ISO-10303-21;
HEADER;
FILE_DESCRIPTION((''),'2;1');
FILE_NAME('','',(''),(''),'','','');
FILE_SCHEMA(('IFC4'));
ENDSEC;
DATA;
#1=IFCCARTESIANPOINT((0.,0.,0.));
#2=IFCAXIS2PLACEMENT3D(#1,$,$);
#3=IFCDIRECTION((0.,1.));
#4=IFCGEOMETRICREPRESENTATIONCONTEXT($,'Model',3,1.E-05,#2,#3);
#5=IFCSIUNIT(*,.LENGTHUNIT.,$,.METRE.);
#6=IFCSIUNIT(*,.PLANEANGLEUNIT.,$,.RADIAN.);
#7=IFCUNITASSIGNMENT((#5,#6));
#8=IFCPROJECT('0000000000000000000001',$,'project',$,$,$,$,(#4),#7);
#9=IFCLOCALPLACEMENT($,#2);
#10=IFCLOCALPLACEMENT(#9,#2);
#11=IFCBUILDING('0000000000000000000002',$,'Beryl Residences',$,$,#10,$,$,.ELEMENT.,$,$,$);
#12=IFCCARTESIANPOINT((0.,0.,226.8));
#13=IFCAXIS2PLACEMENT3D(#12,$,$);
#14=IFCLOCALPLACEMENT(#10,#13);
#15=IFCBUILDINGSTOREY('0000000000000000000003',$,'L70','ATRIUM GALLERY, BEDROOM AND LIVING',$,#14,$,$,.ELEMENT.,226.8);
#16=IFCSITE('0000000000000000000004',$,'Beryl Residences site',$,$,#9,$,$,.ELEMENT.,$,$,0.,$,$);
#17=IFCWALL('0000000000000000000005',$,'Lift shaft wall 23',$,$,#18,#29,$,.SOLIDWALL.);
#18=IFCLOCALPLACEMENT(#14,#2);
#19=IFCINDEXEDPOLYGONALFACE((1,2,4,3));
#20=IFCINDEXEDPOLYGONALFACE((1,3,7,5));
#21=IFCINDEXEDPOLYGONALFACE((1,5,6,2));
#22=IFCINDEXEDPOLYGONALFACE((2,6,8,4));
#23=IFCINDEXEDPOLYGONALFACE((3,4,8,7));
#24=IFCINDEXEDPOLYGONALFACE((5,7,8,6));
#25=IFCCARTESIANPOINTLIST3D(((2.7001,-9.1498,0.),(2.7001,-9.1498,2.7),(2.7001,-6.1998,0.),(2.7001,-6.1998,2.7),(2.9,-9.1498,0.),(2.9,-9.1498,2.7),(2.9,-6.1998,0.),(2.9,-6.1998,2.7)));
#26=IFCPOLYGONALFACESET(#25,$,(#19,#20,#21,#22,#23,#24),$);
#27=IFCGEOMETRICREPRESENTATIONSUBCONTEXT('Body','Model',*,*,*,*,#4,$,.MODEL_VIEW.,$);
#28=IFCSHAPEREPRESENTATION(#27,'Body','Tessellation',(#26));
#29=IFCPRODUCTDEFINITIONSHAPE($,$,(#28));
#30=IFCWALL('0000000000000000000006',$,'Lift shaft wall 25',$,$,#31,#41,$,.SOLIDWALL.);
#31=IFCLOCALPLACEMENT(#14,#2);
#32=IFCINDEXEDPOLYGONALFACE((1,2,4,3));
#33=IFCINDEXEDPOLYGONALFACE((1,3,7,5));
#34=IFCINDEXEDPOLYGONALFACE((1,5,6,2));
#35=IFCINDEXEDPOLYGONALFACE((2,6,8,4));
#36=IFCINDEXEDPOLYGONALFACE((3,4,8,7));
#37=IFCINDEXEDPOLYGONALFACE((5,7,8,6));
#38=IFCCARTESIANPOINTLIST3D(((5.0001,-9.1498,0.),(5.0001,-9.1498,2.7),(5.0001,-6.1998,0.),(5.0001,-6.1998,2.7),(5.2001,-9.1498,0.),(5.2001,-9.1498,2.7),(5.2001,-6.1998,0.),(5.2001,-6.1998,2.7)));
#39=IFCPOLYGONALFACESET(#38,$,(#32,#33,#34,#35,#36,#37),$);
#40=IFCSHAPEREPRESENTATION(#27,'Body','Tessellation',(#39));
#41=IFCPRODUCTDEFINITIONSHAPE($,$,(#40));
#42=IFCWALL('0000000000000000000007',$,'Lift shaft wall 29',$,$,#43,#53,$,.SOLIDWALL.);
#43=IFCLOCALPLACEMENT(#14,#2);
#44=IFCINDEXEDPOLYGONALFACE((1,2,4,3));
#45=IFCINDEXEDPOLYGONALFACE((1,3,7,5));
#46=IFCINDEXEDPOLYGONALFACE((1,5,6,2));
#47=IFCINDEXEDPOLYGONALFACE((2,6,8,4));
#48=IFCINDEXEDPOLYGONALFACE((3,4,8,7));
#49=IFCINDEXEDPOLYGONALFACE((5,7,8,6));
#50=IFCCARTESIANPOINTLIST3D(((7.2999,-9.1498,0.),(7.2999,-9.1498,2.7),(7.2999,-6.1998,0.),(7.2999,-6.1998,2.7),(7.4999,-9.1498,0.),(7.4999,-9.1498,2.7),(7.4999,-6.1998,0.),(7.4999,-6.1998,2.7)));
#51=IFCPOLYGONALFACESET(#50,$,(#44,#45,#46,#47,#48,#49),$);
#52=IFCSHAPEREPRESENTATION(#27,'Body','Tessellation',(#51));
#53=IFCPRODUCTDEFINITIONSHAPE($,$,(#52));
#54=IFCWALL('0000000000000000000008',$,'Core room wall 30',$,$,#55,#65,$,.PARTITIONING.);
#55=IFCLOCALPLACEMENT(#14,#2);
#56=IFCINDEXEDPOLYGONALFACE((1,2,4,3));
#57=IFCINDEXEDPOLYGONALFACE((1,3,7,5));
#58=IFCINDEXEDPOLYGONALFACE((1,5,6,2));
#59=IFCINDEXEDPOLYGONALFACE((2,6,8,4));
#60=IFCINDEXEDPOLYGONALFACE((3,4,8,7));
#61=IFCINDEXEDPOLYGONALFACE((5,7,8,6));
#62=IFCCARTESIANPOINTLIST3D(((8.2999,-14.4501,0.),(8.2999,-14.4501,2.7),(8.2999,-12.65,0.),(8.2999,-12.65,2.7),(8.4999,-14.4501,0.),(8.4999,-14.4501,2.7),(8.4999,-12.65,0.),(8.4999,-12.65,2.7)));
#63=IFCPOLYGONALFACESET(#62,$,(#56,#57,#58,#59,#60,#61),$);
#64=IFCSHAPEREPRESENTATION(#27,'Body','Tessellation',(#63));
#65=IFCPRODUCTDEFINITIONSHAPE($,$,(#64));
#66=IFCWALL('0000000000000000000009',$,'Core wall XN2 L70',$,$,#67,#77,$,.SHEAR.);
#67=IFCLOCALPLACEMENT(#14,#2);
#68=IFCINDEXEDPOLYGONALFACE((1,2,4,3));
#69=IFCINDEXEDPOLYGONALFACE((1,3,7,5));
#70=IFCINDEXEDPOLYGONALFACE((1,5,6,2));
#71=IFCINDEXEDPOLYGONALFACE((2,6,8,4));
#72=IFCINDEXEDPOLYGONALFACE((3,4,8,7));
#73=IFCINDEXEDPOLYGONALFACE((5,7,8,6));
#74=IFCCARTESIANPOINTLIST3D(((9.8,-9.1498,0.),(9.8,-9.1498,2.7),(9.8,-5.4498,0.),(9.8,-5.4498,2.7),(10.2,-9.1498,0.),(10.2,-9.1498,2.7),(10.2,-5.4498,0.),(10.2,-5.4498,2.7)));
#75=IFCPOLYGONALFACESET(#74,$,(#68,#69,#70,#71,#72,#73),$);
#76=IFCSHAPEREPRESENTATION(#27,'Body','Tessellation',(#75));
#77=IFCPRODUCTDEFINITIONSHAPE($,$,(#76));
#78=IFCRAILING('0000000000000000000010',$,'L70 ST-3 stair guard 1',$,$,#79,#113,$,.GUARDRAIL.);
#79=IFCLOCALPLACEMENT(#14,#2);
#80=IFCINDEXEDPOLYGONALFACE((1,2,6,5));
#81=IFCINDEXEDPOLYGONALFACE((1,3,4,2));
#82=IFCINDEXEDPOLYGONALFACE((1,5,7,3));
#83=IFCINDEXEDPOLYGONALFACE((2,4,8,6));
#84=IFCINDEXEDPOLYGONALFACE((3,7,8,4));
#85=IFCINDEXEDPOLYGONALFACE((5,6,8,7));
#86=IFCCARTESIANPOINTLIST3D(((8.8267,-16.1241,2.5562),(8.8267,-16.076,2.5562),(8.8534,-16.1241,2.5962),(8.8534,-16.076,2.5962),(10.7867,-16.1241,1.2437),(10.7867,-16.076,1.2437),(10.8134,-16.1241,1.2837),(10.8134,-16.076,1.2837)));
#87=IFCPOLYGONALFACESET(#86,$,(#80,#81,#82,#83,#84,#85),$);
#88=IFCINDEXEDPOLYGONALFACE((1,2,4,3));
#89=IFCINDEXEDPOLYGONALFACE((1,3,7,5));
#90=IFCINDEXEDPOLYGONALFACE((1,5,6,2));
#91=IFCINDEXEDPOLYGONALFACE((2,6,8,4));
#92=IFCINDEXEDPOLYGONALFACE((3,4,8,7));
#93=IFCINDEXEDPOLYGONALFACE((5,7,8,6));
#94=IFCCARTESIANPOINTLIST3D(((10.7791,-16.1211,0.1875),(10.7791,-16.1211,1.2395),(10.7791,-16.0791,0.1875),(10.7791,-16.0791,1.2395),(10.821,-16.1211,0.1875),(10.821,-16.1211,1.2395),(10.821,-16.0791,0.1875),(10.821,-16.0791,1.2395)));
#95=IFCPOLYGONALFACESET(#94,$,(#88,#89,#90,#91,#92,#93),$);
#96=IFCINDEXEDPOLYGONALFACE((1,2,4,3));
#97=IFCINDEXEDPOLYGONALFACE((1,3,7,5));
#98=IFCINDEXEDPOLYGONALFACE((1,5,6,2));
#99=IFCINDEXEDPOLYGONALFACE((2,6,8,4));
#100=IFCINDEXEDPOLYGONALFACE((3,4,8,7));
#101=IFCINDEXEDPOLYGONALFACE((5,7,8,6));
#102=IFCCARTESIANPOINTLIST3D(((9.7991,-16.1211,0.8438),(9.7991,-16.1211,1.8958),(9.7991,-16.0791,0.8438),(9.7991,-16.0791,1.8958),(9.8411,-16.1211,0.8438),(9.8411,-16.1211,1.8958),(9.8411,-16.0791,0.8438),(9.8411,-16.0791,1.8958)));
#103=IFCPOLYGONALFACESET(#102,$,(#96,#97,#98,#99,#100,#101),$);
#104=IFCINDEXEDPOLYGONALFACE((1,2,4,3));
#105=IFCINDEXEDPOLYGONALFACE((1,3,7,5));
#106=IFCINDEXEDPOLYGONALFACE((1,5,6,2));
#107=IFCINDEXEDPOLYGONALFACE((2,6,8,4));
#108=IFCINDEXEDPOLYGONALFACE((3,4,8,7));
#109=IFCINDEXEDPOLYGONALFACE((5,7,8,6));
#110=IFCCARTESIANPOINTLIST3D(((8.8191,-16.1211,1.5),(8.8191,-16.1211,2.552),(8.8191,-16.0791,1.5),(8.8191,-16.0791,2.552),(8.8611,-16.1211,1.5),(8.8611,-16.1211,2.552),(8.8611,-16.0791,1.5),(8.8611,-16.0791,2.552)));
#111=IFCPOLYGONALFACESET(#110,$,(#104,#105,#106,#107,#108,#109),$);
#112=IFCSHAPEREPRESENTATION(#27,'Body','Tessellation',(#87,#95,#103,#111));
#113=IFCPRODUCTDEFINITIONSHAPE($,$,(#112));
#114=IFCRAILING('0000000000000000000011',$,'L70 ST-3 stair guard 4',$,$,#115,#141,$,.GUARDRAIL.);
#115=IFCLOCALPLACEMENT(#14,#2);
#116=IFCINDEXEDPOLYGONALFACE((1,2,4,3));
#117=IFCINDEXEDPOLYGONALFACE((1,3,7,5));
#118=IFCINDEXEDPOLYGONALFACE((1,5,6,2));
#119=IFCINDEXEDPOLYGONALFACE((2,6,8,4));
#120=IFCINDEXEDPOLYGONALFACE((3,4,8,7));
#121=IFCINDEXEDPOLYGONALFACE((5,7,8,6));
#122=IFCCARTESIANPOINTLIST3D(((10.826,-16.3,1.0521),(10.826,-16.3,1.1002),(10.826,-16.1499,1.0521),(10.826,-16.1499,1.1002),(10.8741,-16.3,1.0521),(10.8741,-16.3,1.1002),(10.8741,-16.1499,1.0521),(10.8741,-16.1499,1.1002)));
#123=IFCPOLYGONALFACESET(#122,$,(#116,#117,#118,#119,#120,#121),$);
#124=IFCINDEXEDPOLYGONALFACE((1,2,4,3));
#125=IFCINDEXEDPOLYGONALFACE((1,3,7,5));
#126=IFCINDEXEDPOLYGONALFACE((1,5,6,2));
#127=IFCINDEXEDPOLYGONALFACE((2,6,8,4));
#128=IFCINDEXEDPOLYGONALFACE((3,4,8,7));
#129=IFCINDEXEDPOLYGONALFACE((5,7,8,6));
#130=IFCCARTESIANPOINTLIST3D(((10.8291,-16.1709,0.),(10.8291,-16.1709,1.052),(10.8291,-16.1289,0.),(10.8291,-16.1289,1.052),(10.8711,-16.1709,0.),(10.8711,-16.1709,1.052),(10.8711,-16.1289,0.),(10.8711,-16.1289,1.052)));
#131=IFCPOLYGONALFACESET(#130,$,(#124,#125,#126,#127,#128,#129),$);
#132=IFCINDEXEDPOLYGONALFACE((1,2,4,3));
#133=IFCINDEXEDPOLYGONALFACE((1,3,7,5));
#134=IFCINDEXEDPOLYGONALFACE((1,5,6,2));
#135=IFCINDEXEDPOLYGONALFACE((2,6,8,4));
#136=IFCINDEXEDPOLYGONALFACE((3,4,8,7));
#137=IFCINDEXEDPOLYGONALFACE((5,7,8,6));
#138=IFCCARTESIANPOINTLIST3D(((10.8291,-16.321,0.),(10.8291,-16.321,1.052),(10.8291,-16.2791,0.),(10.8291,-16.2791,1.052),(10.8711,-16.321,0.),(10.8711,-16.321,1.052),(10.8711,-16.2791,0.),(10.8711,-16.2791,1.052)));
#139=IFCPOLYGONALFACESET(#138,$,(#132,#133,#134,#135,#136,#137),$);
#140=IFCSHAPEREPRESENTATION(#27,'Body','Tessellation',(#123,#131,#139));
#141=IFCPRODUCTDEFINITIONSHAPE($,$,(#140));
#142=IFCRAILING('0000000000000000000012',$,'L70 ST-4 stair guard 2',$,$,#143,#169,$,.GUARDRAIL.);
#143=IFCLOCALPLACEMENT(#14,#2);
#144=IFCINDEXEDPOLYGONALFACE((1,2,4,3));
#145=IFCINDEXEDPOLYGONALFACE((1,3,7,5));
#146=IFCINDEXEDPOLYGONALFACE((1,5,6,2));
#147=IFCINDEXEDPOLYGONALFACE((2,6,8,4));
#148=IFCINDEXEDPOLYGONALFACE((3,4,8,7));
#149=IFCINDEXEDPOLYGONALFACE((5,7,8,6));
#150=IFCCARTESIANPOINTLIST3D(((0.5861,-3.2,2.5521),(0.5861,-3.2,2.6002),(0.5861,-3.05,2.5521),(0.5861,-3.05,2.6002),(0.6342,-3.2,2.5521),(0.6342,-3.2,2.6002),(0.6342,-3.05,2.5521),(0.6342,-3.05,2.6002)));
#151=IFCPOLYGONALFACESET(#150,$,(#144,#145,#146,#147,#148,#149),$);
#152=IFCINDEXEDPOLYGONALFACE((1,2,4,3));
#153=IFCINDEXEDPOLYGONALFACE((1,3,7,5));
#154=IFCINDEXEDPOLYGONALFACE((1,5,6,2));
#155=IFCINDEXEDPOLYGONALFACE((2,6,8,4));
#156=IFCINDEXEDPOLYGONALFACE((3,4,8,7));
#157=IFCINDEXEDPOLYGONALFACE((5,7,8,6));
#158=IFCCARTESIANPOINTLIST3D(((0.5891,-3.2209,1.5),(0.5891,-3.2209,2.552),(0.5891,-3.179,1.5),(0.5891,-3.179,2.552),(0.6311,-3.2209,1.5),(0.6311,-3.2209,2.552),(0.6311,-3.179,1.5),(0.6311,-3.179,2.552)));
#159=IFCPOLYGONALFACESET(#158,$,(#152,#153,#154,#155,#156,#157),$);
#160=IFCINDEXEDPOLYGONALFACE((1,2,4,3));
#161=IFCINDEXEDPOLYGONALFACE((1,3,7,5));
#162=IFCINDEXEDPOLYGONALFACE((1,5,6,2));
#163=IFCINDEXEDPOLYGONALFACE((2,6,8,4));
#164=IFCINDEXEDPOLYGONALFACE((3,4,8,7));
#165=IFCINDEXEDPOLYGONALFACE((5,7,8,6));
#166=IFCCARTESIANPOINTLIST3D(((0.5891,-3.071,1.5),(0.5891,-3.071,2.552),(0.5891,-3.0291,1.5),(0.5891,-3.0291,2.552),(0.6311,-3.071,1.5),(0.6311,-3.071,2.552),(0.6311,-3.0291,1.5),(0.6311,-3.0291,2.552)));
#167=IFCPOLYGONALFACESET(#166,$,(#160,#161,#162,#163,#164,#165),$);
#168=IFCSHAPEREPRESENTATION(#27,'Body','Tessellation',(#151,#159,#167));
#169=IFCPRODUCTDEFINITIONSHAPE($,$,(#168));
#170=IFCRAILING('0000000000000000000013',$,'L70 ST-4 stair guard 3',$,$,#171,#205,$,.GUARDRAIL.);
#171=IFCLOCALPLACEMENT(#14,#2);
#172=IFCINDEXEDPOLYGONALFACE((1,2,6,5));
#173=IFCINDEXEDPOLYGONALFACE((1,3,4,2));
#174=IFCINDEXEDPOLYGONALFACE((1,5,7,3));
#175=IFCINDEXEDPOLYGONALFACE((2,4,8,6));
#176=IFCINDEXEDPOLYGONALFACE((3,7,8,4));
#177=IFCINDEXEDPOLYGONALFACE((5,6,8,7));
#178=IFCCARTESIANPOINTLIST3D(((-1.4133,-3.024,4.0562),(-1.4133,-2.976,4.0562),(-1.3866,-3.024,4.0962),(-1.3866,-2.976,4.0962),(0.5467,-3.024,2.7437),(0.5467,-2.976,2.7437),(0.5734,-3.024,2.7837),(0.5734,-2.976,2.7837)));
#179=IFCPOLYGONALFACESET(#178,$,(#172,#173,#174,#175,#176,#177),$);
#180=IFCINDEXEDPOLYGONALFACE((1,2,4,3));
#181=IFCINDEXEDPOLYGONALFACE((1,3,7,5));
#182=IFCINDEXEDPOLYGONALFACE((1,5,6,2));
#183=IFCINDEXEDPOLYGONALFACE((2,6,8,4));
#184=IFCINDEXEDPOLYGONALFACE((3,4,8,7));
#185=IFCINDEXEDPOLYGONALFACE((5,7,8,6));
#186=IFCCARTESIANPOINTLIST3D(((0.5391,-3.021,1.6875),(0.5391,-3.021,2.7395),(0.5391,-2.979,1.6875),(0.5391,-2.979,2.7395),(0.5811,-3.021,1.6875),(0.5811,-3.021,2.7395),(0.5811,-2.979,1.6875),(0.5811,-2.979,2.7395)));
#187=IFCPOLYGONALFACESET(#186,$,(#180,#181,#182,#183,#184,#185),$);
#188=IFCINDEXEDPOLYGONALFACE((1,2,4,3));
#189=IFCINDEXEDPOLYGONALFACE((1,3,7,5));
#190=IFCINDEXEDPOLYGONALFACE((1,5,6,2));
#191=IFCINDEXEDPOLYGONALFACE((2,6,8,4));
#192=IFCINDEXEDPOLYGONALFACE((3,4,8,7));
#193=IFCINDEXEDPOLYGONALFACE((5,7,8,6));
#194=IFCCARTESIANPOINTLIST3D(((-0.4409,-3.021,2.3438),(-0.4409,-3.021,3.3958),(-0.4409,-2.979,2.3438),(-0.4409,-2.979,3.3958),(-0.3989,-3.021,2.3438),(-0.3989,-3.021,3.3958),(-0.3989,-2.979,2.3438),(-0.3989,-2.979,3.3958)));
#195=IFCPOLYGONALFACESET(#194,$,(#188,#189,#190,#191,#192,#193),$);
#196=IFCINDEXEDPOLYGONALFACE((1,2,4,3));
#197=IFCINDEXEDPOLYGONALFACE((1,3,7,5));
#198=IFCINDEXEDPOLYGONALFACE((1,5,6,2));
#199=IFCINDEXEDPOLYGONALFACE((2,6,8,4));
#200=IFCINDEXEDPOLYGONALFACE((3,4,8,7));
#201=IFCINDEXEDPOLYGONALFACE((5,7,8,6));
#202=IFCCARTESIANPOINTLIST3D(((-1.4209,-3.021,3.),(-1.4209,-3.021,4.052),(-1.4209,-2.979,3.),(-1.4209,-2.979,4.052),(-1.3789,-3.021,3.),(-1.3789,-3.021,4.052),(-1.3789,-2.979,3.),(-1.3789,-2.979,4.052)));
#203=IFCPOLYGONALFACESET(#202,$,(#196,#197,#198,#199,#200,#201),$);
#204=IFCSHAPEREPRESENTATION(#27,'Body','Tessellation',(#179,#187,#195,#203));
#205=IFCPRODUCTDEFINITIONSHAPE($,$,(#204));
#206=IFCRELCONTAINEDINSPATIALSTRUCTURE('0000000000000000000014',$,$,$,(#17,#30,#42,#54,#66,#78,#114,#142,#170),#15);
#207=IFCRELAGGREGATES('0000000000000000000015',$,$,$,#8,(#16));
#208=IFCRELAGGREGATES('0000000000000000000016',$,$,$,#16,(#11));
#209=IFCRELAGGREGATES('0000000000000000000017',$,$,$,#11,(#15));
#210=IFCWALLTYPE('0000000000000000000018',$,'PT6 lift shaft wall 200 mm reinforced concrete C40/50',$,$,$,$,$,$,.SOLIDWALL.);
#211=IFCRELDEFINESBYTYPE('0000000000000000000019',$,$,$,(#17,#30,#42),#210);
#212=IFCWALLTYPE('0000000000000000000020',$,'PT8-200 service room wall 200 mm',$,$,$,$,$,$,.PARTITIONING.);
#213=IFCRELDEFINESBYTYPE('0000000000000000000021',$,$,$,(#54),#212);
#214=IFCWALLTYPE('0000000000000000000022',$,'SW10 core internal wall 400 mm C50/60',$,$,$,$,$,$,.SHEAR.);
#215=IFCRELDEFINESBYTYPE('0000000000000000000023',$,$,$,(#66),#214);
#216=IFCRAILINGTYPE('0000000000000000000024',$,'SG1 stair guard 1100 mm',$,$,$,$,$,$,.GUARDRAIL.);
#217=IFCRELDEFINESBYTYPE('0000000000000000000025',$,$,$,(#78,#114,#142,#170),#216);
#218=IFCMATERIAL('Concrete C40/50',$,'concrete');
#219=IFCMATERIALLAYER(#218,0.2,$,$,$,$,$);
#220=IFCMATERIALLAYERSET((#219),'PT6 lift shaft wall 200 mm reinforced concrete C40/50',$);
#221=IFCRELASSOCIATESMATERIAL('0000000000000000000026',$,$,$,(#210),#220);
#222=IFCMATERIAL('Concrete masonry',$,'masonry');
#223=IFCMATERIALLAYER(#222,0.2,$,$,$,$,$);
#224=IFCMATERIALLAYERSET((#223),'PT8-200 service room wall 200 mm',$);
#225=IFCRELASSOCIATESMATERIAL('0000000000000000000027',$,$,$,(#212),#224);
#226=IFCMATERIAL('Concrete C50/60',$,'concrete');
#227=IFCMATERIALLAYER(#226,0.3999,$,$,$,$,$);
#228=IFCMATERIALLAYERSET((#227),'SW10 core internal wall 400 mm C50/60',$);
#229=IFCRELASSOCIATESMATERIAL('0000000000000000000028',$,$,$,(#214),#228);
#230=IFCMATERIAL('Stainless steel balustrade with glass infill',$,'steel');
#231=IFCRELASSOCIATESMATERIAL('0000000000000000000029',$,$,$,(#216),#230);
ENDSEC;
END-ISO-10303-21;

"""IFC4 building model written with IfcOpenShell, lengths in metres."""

from ifc_helpers import new_model, si_unit, direction, frame, frame_2d, origin, origin_2d, place, context, subcontext, project, spatial, rectangle, extrude, material, layer, layer_set, type_object, element, save


model = new_model("IFC4")

# Units and contexts
model_context = context("Model", 3, precision=1e-05, world=origin(), true_north=direction((0.0, 1.0)))
body_context = subcontext(model_context, "Body", "Model", "MODEL_VIEW")
ifc_project = project(units=[si_unit("LENGTHUNIT", "METRE"), si_unit("PLANEANGLEUNIT", "RADIAN")], contexts=[model_context])

# Site, building, storey
site_placement = place(None, origin())
site = spatial("IfcSite", under=ifc_project, at=site_placement, Name="Beryl Residences site", CompositionType="ELEMENT", RefElevation=0.0)
building_placement = place(site_placement, origin())
building = spatial("IfcBuilding", under=site, at=building_placement, Name="Beryl Residences", CompositionType="ELEMENT")
storey_placement = place(building_placement, frame((0.0, 0.0, 226.8)))
storey = spatial("IfcBuildingStorey", under=building, at=storey_placement, Name="L70", Description="ATRIUM GALLERY, BEDROOM AND LIVING", CompositionType="ELEMENT", Elevation=226.8)

# Walls
ifc_material_1 = material(Name="Concrete C40/50", Category="concrete")
ifc_layer_1 = layer(ifc_material_1, 0.2)
ifc_layer_set_1 = layer_set([ifc_layer_1], Name="PT6 lift shaft wall 200 mm reinforced concrete C40/50")
wall_type_1 = type_object("IfcWallType", Name="PT6 lift shaft wall 200 mm reinforced concrete C40/50", PredefinedType="SOLIDWALL", material=ifc_layer_set_1)
for number, where, z_axis, x_axis, name in (
    (1, (2.8, -9.1499, 0.0), (0.0, 0.0, 1.0), (0.0, 1.0, 0.0), "Lift shaft wall 23"),
    (2, (5.1001, -9.1499, 0.0), (0.0, 0.0, 1.0), (0.0, 1.0, 0.0), "Lift shaft wall 25"),
    (3, (7.3999, -9.1499, 0.0), (0.0, 0.0, 1.0), (0.0, 1.0, 0.0), "Lift shaft wall 29"),
):
    element("IfcWall", number, at=place(storey_placement, frame(where, z_axis=z_axis, x_axis=x_axis)), inside=storey, type_object=wall_type_1, Name=name, PredefinedType="SOLIDWALL", context=body_context, shape_type="SweptSolid", body=[
        extrude(rectangle(XDim=2.95, YDim=0.2, at=frame_2d((1.4751, 0.0))), origin(), (0.0, 0.0, 1.0), 2.7),
    ])
ifc_material_2 = material(Name="Concrete masonry", Category="masonry")
ifc_layer_2 = layer(ifc_material_2, 0.2)
ifc_layer_set_2 = layer_set([ifc_layer_2], Name="PT8-200 service room wall 200 mm")
wall_type_2 = type_object("IfcWallType", Name="PT8-200 service room wall 200 mm", PredefinedType="PARTITIONING", material=ifc_layer_set_2)
wall_1_placement = place(storey_placement, frame((8.3999, -14.45, 0.0), z_axis=(0.0, 0.0, 1.0), x_axis=(0.0, 1.0, 0.0)))
element("IfcWall", 4, at=wall_1_placement, inside=storey, type_object=wall_type_2, Name="Core room wall 30", PredefinedType="PARTITIONING", context=body_context, shape_type="SweptSolid", body=[
    extrude(rectangle(XDim=1.8, YDim=0.2, at=frame_2d((0.8999, 0.0))), origin(), (0.0, 0.0, 1.0), 2.7),
])
ifc_material_3 = material(Name="Concrete C50/60", Category="concrete")
ifc_layer_3 = layer(ifc_material_3, 0.3999)
ifc_layer_set_3 = layer_set([ifc_layer_3], Name="SW10 core internal wall 400 mm C50/60")
wall_type_3 = type_object("IfcWallType", Name="SW10 core internal wall 400 mm C50/60", PredefinedType="SHEAR", material=ifc_layer_set_3)
wall_2_placement = place(storey_placement, frame((10.0, -9.1499, 0.0), z_axis=(0.0, 0.0, 1.0), x_axis=(0.0, 1.0, 0.0)))
element("IfcWall", 5, at=wall_2_placement, inside=storey, type_object=wall_type_3, Name="Core wall XN2 L70", PredefinedType="SHEAR", context=body_context, shape_type="SweptSolid", body=[
    extrude(rectangle(XDim=3.7, YDim=0.3999, at=frame_2d((1.8501, 0.0))), origin(), (0.0, 0.0, 1.0), 2.7),
])

# Railings
ifc_material_4 = material(Name="Stainless steel balustrade with glass infill", Category="steel")
railing_type_1 = type_object("IfcRailingType", Name="SG1 stair guard 1100 mm", PredefinedType="GUARDRAIL", material=ifc_material_4)
railing_1_placement = place(storey_placement, frame((10.8, -16.1001, 0.1875)))
element("IfcRailing", 6, at=railing_1_placement, inside=storey, type_object=railing_type_1, Name="L70 ST-3 stair guard 1", PredefinedType="GUARDRAIL", context=body_context, shape_type="SweptSolid", body=[
    extrude(rectangle(XDim=0.0481, YDim=0.0481, at=origin_2d()), frame((0.0, 0.0, 1.0762), z_axis=(-0.830902, 0.0, 0.556419), x_axis=(0.0, -1.0, 0.0)), (0.0, 0.0, 1.0), 2.3589),
    extrude(rectangle(XDim=0.042, YDim=0.042, at=origin_2d()), origin(), (0.0, 0.0, 1.0), 1.052),
    extrude(rectangle(XDim=0.042, YDim=0.042, at=origin_2d()), frame((-0.98, 0.0, 0.6562)), (0.0, 0.0, 1.0), 1.052),
    extrude(rectangle(XDim=0.042, YDim=0.042, at=origin_2d()), frame((-1.96, 0.0, 1.3125)), (0.0, 0.0, 1.0), 1.052),
])
railing_2_placement = place(storey_placement, frame((10.8501, -16.1499, 0.0)))
element("IfcRailing", 7, at=railing_2_placement, inside=storey, type_object=railing_type_1, Name="L70 ST-3 stair guard 4", PredefinedType="GUARDRAIL", context=body_context, shape_type="SweptSolid", body=[
    extrude(rectangle(XDim=0.0481, YDim=0.0481, at=origin_2d()), frame((0.0, 0.0, 1.0762), z_axis=(0.0, -1.0, 0.0), x_axis=(1.0, 0.0, 0.0)), (0.0, 0.0, 1.0), 0.1501),
    extrude(rectangle(XDim=0.042, YDim=0.042, at=origin_2d()), origin(), (0.0, 0.0, 1.0), 1.052),
    extrude(rectangle(XDim=0.042, YDim=0.042, at=origin_2d()), frame((0.0, -0.1501, 0.0)), (0.0, 0.0, 1.0), 1.052),
])
railing_3_placement = place(storey_placement, frame((0.6101, -3.2, 1.5)))
element("IfcRailing", 8, at=railing_3_placement, inside=storey, type_object=railing_type_1, Name="L70 ST-4 stair guard 2", PredefinedType="GUARDRAIL", context=body_context, shape_type="SweptSolid", body=[
    extrude(rectangle(XDim=0.0481, YDim=0.0481, at=origin_2d()), frame((0.0, 0.0, 1.0762), z_axis=(0.0, 1.0, 0.0), x_axis=(-1.0, 0.0, 0.0)), (0.0, 0.0, 1.0), 0.1499),
    extrude(rectangle(XDim=0.042, YDim=0.042, at=origin_2d()), origin(), (0.0, 0.0, 1.0), 1.052),
    extrude(rectangle(XDim=0.042, YDim=0.042, at=origin_2d()), frame((0.0, 0.1499, 0.0)), (0.0, 0.0, 1.0), 1.052),
])
railing_4_placement = place(storey_placement, frame((0.5601, -3.0, 1.6875)))
element("IfcRailing", 9, at=railing_4_placement, inside=storey, type_object=railing_type_1, Name="L70 ST-4 stair guard 3", PredefinedType="GUARDRAIL", context=body_context, shape_type="SweptSolid", body=[
    extrude(rectangle(XDim=0.0481, YDim=0.0481, at=origin_2d()), frame((0.0, 0.0, 1.0762), z_axis=(-0.830902, 0.0, 0.556419), x_axis=(0.0, -1.0, 0.0)), (0.0, 0.0, 1.0), 2.3589),
    extrude(rectangle(XDim=0.042, YDim=0.042, at=origin_2d()), origin(), (0.0, 0.0, 1.0), 1.052),
    extrude(rectangle(XDim=0.042, YDim=0.042, at=origin_2d()), frame((-0.98, 0.0, 0.6562)), (0.0, 0.0, 1.0), 1.052),
    extrude(rectangle(XDim=0.042, YDim=0.042, at=origin_2d()), frame((-1.96, 0.0, 1.3125)), (0.0, 0.0, 1.0), 1.052),
])

save(model, "model.ifc")
